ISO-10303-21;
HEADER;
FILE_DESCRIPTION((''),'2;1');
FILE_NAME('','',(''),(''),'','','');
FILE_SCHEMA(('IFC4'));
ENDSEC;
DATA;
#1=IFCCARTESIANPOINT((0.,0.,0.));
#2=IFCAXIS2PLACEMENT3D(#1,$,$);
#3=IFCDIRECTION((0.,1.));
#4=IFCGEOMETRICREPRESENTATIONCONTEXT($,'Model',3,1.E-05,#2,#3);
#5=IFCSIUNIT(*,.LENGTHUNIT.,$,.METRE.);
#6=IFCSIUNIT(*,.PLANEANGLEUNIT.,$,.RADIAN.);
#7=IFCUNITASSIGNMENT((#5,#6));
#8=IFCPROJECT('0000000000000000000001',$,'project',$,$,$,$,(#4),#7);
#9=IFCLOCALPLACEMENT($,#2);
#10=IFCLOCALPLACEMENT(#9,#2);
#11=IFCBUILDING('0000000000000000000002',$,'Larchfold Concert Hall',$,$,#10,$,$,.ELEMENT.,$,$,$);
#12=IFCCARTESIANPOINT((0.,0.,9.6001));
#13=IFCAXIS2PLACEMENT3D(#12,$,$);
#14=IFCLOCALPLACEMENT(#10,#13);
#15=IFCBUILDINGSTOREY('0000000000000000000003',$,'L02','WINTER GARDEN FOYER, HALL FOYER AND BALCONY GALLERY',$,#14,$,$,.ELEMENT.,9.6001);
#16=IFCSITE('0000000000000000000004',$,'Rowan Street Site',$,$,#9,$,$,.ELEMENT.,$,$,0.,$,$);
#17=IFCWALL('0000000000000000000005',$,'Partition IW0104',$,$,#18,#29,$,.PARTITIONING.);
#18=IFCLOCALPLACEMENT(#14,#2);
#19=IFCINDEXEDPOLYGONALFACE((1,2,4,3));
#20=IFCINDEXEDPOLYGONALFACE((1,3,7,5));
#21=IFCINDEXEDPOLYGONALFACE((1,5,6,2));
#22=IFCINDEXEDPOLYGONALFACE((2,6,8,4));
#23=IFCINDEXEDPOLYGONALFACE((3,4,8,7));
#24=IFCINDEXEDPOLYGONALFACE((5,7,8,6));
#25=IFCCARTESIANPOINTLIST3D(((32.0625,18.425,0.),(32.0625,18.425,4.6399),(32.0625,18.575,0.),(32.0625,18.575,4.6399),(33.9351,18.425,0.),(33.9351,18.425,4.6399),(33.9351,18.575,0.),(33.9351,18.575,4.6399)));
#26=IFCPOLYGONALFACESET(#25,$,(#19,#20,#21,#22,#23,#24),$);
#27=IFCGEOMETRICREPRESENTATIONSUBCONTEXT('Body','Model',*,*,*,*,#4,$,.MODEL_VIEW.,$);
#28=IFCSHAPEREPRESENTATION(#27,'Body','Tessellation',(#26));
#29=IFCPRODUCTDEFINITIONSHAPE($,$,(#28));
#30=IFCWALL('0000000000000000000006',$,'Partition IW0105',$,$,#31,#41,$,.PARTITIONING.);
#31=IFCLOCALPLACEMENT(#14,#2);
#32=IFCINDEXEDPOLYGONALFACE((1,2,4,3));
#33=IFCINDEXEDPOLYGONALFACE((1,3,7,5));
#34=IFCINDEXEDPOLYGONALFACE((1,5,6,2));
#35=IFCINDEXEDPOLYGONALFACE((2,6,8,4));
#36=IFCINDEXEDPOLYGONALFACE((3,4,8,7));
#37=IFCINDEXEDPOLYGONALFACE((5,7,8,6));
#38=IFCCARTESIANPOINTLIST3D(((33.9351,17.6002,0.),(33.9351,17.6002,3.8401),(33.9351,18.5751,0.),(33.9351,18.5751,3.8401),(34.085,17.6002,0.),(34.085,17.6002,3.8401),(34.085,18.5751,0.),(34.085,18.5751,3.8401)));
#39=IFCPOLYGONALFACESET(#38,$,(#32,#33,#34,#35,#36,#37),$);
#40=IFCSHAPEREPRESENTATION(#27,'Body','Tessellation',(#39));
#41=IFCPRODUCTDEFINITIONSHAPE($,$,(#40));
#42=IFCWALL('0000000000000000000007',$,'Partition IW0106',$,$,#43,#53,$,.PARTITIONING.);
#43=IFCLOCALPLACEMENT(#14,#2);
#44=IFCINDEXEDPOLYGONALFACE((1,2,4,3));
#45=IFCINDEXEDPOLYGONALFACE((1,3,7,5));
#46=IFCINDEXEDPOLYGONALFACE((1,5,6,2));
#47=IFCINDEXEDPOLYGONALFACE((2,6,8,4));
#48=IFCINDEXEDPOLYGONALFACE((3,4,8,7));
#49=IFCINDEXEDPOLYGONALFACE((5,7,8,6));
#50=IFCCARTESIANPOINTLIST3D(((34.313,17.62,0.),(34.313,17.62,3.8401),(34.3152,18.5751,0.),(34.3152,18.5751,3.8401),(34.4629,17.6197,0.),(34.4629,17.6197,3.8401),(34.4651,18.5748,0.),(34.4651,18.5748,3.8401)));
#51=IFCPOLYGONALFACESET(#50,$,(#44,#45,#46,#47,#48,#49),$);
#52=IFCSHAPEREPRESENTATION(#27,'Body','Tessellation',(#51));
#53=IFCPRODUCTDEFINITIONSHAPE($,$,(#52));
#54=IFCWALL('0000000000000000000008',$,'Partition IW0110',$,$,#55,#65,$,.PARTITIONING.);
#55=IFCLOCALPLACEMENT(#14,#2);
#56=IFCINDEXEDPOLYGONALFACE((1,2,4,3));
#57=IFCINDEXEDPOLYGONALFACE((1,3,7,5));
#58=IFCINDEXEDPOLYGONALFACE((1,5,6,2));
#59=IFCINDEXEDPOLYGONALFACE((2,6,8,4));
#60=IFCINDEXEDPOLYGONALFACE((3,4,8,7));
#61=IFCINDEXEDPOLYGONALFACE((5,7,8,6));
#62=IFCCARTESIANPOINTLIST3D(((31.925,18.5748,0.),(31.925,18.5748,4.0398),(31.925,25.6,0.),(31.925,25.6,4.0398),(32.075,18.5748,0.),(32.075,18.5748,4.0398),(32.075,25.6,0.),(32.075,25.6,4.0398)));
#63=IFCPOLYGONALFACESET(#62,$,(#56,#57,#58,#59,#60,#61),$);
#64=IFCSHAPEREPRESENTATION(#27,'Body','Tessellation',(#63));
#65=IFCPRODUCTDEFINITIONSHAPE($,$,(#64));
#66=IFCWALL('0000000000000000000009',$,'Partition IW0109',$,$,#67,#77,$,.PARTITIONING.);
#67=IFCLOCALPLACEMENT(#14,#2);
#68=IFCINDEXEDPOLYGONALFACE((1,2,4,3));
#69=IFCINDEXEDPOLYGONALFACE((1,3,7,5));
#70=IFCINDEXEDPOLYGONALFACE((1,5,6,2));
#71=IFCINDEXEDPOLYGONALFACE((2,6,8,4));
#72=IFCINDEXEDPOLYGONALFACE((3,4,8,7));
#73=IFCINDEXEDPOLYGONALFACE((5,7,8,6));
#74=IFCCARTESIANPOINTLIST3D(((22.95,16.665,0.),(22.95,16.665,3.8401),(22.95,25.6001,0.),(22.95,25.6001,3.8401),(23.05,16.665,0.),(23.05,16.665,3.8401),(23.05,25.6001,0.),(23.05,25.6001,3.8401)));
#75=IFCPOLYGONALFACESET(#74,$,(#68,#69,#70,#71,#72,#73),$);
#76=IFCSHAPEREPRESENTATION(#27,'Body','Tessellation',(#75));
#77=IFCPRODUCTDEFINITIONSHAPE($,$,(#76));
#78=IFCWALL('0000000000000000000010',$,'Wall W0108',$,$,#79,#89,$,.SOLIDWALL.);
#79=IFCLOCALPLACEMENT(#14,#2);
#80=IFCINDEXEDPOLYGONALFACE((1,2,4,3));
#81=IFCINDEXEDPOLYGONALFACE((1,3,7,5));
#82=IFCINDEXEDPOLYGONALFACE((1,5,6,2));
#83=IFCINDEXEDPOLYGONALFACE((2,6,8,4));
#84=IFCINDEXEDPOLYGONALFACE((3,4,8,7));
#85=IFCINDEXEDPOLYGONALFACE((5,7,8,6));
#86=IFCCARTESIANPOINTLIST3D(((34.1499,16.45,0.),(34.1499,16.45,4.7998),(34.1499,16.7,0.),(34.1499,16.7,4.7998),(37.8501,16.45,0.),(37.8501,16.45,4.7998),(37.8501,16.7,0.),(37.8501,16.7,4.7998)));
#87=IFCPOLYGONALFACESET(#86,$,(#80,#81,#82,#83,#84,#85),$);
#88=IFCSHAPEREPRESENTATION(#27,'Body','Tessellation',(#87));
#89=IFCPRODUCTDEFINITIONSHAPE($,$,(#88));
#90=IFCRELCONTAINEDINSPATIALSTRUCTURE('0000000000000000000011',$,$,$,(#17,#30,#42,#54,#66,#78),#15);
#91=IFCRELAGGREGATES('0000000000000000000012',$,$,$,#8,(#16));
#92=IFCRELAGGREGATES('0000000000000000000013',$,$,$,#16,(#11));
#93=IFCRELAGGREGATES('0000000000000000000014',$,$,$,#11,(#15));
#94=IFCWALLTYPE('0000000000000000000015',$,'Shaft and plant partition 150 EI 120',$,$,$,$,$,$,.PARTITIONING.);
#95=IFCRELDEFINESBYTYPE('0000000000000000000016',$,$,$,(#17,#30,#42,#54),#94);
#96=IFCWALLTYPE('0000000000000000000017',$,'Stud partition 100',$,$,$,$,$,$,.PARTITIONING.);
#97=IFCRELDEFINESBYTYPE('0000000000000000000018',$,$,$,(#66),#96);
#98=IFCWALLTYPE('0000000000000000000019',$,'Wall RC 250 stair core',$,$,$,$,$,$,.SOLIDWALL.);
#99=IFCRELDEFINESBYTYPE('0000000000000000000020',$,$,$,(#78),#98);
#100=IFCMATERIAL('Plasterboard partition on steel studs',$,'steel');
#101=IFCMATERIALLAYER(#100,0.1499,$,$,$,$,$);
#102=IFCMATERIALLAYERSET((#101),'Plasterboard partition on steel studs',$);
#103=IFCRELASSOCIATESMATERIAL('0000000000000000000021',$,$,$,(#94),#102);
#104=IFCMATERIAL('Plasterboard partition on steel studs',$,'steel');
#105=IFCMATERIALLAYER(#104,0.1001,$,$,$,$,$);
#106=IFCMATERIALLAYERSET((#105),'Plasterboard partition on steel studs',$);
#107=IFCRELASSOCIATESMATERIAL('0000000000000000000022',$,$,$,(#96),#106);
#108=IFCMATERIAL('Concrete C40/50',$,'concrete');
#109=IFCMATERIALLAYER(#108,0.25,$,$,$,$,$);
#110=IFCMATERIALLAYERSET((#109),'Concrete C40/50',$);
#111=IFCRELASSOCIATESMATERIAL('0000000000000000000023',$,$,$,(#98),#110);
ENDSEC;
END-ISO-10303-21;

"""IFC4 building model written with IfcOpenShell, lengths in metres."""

from ifc_helpers import new_model, si_unit, direction, frame, frame_2d, origin, place, context, subcontext, project, spatial, rectangle, extrude, material, layer, layer_set, type_object, element, save


model = new_model("IFC4")

# Units and contexts
model_context = context("Model", 3, precision=1e-05, world=origin(), true_north=direction((0.0, 1.0)))
body_context = subcontext(model_context, "Body", "Model", "MODEL_VIEW")
ifc_project = project(units=[si_unit("LENGTHUNIT", "METRE"), si_unit("PLANEANGLEUNIT", "RADIAN")], contexts=[model_context])

# Site, building, storey
site_placement = place(None, origin())
site = spatial("IfcSite", under=ifc_project, at=site_placement, Name="Rowan Street Site", CompositionType="ELEMENT", RefElevation=0.0)
building_placement = place(site_placement, origin())
building = spatial("IfcBuilding", under=site, at=building_placement, Name="Larchfold Concert Hall", CompositionType="ELEMENT")
storey_placement = place(building_placement, frame((0.0, 0.0, 9.6001)))
storey = spatial("IfcBuildingStorey", under=building, at=storey_placement, Name="L02", Description="WINTER GARDEN FOYER, HALL FOYER AND BALCONY GALLERY", CompositionType="ELEMENT", Elevation=9.6001)

# Walls
ifc_material_1 = material(Name="Plasterboard partition on steel studs", Category="steel")
ifc_layer_1 = layer(ifc_material_1, 0.1499)
ifc_layer_set_1 = layer_set([ifc_layer_1], Name="Plasterboard partition on steel studs")
wall_type_1 = type_object("IfcWallType", Name="Shaft and plant partition 150 EI 120", PredefinedType="PARTITIONING", material=ifc_layer_set_1)
wall_1_placement = place(storey_placement, frame((32.0625, 18.5, 0.0), z_axis=(0.0, 0.0, 1.0), x_axis=(1.0, 0.0, 0.0)))
element("IfcWall", 1, at=wall_1_placement, inside=storey, type_object=wall_type_1, Name="Partition IW0104", PredefinedType="PARTITIONING", context=body_context, shape_type="SweptSolid", body=[
    extrude(rectangle(XDim=1.8726, YDim=0.1499, at=frame_2d((0.9363, 0.0))), origin(), (0.0, 0.0, 1.0), 4.6399),
])
wall_2_placement = place(storey_placement, frame((34.01, 18.575, 0.0), z_axis=(0.0, 0.0, 1.0), x_axis=(0.0, -1.0, 0.0)))
element("IfcWall", 2, at=wall_2_placement, inside=storey, type_object=wall_type_1, Name="Partition IW0105", PredefinedType="PARTITIONING", context=body_context, shape_type="SweptSolid", body=[
    extrude(rectangle(XDim=0.9749, YDim=0.1499, at=frame_2d((0.4873, 0.0))), origin(), (0.0, 0.0, 1.0), 3.8401),
])
wall_3_placement = place(storey_placement, frame((34.3879, 17.6199, 0.0), z_axis=(0.0, 0.0, 1.0), x_axis=(0.002301, 0.999997, 0.0)))
element("IfcWall", 3, at=wall_3_placement, inside=storey, type_object=wall_type_1, Name="Partition IW0106", PredefinedType="PARTITIONING", context=body_context, shape_type="SweptSolid", body=[
    extrude(rectangle(XDim=0.9551, YDim=0.1499, at=frame_2d((0.4775, 0.0))), origin(), (0.0, 0.0, 1.0), 3.8401),
])
wall_4_placement = place(storey_placement, frame((32.0, 25.6001, 0.0), z_axis=(0.0, 0.0, 1.0), x_axis=(0.0, -1.0, 0.0)))
element("IfcWall", 4, at=wall_4_placement, inside=storey, type_object=wall_type_1, Name="Partition IW0110", PredefinedType="PARTITIONING", context=body_context, shape_type="SweptSolid", body=[
    extrude(rectangle(XDim=7.0251, YDim=0.1499, at=frame_2d((3.5127, 0.0))), origin(), (0.0, 0.0, 1.0), 4.0398),
])
ifc_material_2 = material(Name="Plasterboard partition on steel studs", Category="steel")
ifc_layer_2 = layer(ifc_material_2, 0.1001)
ifc_layer_set_2 = layer_set([ifc_layer_2], Name="Plasterboard partition on steel studs")
wall_type_2 = type_object("IfcWallType", Name="Stud partition 100", PredefinedType="PARTITIONING", material=ifc_layer_set_2)
wall_5_placement = place(storey_placement, frame((23.0, 16.665, 0.0), z_axis=(0.0, 0.0, 1.0), x_axis=(0.0, 1.0, 0.0)))
element("IfcWall", 5, at=wall_5_placement, inside=storey, type_object=wall_type_2, Name="Partition IW0109", PredefinedType="PARTITIONING", context=body_context, shape_type="SweptSolid", body=[
    extrude(rectangle(XDim=8.9351, YDim=0.1001, at=frame_2d((4.4675, 0.0))), origin(), (0.0, 0.0, 1.0), 3.8401),
])
ifc_material_3 = material(Name="Concrete C40/50", Category="concrete")
ifc_layer_3 = layer(ifc_material_3, 0.25)
ifc_layer_set_3 = layer_set([ifc_layer_3], Name="Concrete C40/50")
wall_type_3 = type_object("IfcWallType", Name="Wall RC 250 stair core", PredefinedType="SOLIDWALL", material=ifc_layer_set_3)
wall_6_placement = place(storey_placement, frame((34.1499, 16.575, 0.0), z_axis=(0.0, 0.0, 1.0), x_axis=(1.0, 0.0, 0.0)))
element("IfcWall", 6, at=wall_6_placement, inside=storey, type_object=wall_type_3, Name="Wall W0108", PredefinedType="SOLIDWALL", context=body_context, shape_type="SweptSolid", body=[
    extrude(rectangle(XDim=3.7002, YDim=0.25, at=frame_2d((1.8501, 0.0))), origin(), (0.0, 0.0, 1.0), 4.7998),
])

save(model, "model.ifc")
